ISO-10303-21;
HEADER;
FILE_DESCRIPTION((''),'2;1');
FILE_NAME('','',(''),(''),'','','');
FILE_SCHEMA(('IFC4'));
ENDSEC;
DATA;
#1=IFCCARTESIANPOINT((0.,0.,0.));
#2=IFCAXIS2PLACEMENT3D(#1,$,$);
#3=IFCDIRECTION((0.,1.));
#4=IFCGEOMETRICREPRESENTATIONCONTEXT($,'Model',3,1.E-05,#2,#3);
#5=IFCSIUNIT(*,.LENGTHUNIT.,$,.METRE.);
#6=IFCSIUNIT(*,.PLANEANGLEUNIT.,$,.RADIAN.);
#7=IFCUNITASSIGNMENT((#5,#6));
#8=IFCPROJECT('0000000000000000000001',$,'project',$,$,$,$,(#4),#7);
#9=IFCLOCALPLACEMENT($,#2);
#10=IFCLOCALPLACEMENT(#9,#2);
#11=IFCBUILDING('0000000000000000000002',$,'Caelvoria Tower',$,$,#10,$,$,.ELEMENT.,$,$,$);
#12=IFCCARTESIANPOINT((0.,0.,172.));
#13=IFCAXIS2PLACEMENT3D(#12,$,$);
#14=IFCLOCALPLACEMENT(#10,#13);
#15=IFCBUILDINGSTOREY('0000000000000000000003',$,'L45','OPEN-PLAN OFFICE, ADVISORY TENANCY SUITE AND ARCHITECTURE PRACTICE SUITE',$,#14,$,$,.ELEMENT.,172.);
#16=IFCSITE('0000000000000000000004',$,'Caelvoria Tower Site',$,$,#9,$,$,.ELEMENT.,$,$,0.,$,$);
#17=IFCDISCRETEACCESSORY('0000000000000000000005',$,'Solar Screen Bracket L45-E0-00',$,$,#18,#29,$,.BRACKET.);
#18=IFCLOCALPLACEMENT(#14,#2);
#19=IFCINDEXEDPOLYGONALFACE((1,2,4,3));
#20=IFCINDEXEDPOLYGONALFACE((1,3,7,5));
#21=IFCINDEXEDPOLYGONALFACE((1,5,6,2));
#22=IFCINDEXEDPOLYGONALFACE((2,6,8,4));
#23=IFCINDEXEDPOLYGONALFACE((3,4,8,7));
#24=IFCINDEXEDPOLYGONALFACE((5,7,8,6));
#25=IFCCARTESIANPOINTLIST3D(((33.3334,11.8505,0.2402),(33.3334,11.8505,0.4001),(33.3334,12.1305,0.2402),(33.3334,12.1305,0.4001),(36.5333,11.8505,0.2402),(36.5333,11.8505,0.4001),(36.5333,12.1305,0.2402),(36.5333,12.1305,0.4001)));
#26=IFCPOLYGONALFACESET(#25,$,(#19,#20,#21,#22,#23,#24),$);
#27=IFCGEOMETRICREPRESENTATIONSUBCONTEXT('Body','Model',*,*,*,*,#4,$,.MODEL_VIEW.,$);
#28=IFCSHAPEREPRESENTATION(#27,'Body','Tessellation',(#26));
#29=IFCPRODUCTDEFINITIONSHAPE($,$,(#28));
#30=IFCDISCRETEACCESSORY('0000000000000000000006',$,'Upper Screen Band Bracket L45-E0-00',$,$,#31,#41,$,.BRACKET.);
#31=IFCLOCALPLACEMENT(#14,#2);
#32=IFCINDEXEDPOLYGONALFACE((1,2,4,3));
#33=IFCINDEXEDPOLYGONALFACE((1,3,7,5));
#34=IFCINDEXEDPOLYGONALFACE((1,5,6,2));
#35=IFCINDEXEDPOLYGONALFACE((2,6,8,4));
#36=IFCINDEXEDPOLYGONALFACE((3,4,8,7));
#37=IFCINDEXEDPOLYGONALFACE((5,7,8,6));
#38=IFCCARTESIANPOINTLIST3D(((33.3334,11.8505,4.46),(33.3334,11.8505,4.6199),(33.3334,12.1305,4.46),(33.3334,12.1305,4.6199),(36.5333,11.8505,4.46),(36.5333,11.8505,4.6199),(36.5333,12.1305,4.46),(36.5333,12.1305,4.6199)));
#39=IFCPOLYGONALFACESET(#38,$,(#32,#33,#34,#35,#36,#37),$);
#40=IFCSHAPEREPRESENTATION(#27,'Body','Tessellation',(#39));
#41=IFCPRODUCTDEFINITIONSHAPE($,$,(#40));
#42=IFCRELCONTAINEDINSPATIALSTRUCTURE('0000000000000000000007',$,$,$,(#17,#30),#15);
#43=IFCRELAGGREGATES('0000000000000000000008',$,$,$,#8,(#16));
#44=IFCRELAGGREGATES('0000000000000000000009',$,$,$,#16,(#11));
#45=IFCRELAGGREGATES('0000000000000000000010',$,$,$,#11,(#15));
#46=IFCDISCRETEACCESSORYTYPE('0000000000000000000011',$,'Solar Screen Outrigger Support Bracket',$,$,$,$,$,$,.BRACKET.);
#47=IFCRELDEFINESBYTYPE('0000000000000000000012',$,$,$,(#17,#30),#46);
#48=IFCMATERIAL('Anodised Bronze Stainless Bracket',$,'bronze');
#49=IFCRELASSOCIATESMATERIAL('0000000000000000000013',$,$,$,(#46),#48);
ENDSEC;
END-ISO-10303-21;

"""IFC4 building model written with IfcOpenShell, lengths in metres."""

from ifc_helpers import new_model, si_unit, direction, frame, origin, origin_2d, place, context, subcontext, project, spatial, rectangle, extrude, material, type_object, element, save


model = new_model("IFC4")

# Units and contexts
model_context = context("Model", 3, precision=1e-05, world=origin(), true_north=direction((0.0, 1.0)))
body_context = subcontext(model_context, "Body", "Model", "MODEL_VIEW")
ifc_project = project(units=[si_unit("LENGTHUNIT", "METRE"), si_unit("PLANEANGLEUNIT", "RADIAN")], contexts=[model_context])

# Site, building, storey
site_placement = place(None, origin())
site = spatial("IfcSite", under=ifc_project, at=site_placement, Name="Caelvoria Tower Site", CompositionType="ELEMENT", RefElevation=0.0)
building_placement = place(site_placement, origin())
building = spatial("IfcBuilding", under=site, at=building_placement, Name="Caelvoria Tower", CompositionType="ELEMENT")
storey_placement = place(building_placement, frame((0.0, 0.0, 172.0)))
storey = spatial("IfcBuildingStorey", under=building, at=storey_placement, Name="L45", Description="OPEN-PLAN OFFICE, ADVISORY TENANCY SUITE AND ARCHITECTURE PRACTICE SUITE", CompositionType="ELEMENT", Elevation=172.0)

# Discrete accessories
ifc_material_1 = material(Name="Anodised Bronze Stainless Bracket", Category="bronze")
discrete_accessory_type = type_object("IfcDiscreteAccessoryType", Name="Solar Screen Outrigger Support Bracket", PredefinedType="BRACKET", material=ifc_material_1)
for number, where, z_axis, x_axis, name in (
    (1, (34.9333, 11.9905, 0.2402), (0.0, 0.0, 1.0), (1.0, 0.0, 0.0), "Solar Screen Bracket L45-E0-00"),
    (2, (34.9333, 11.9905, 4.46), (0.0, 0.0, 1.0), (1.0, 0.0, 0.0), "Upper Screen Band Bracket L45-E0-00"),
):
    element("IfcDiscreteAccessory", number, at=place(storey_placement, frame(where, z_axis=z_axis, x_axis=x_axis)), inside=storey, type_object=discrete_accessory_type, Name=name, PredefinedType="BRACKET", context=body_context, shape_type="SweptSolid", body=[
        extrude(rectangle(XDim=3.2, YDim=0.28, at=origin_2d()), origin(), (0.0, 0.0, 1.0), 0.1599),
    ])

save(model, "model.ifc")
